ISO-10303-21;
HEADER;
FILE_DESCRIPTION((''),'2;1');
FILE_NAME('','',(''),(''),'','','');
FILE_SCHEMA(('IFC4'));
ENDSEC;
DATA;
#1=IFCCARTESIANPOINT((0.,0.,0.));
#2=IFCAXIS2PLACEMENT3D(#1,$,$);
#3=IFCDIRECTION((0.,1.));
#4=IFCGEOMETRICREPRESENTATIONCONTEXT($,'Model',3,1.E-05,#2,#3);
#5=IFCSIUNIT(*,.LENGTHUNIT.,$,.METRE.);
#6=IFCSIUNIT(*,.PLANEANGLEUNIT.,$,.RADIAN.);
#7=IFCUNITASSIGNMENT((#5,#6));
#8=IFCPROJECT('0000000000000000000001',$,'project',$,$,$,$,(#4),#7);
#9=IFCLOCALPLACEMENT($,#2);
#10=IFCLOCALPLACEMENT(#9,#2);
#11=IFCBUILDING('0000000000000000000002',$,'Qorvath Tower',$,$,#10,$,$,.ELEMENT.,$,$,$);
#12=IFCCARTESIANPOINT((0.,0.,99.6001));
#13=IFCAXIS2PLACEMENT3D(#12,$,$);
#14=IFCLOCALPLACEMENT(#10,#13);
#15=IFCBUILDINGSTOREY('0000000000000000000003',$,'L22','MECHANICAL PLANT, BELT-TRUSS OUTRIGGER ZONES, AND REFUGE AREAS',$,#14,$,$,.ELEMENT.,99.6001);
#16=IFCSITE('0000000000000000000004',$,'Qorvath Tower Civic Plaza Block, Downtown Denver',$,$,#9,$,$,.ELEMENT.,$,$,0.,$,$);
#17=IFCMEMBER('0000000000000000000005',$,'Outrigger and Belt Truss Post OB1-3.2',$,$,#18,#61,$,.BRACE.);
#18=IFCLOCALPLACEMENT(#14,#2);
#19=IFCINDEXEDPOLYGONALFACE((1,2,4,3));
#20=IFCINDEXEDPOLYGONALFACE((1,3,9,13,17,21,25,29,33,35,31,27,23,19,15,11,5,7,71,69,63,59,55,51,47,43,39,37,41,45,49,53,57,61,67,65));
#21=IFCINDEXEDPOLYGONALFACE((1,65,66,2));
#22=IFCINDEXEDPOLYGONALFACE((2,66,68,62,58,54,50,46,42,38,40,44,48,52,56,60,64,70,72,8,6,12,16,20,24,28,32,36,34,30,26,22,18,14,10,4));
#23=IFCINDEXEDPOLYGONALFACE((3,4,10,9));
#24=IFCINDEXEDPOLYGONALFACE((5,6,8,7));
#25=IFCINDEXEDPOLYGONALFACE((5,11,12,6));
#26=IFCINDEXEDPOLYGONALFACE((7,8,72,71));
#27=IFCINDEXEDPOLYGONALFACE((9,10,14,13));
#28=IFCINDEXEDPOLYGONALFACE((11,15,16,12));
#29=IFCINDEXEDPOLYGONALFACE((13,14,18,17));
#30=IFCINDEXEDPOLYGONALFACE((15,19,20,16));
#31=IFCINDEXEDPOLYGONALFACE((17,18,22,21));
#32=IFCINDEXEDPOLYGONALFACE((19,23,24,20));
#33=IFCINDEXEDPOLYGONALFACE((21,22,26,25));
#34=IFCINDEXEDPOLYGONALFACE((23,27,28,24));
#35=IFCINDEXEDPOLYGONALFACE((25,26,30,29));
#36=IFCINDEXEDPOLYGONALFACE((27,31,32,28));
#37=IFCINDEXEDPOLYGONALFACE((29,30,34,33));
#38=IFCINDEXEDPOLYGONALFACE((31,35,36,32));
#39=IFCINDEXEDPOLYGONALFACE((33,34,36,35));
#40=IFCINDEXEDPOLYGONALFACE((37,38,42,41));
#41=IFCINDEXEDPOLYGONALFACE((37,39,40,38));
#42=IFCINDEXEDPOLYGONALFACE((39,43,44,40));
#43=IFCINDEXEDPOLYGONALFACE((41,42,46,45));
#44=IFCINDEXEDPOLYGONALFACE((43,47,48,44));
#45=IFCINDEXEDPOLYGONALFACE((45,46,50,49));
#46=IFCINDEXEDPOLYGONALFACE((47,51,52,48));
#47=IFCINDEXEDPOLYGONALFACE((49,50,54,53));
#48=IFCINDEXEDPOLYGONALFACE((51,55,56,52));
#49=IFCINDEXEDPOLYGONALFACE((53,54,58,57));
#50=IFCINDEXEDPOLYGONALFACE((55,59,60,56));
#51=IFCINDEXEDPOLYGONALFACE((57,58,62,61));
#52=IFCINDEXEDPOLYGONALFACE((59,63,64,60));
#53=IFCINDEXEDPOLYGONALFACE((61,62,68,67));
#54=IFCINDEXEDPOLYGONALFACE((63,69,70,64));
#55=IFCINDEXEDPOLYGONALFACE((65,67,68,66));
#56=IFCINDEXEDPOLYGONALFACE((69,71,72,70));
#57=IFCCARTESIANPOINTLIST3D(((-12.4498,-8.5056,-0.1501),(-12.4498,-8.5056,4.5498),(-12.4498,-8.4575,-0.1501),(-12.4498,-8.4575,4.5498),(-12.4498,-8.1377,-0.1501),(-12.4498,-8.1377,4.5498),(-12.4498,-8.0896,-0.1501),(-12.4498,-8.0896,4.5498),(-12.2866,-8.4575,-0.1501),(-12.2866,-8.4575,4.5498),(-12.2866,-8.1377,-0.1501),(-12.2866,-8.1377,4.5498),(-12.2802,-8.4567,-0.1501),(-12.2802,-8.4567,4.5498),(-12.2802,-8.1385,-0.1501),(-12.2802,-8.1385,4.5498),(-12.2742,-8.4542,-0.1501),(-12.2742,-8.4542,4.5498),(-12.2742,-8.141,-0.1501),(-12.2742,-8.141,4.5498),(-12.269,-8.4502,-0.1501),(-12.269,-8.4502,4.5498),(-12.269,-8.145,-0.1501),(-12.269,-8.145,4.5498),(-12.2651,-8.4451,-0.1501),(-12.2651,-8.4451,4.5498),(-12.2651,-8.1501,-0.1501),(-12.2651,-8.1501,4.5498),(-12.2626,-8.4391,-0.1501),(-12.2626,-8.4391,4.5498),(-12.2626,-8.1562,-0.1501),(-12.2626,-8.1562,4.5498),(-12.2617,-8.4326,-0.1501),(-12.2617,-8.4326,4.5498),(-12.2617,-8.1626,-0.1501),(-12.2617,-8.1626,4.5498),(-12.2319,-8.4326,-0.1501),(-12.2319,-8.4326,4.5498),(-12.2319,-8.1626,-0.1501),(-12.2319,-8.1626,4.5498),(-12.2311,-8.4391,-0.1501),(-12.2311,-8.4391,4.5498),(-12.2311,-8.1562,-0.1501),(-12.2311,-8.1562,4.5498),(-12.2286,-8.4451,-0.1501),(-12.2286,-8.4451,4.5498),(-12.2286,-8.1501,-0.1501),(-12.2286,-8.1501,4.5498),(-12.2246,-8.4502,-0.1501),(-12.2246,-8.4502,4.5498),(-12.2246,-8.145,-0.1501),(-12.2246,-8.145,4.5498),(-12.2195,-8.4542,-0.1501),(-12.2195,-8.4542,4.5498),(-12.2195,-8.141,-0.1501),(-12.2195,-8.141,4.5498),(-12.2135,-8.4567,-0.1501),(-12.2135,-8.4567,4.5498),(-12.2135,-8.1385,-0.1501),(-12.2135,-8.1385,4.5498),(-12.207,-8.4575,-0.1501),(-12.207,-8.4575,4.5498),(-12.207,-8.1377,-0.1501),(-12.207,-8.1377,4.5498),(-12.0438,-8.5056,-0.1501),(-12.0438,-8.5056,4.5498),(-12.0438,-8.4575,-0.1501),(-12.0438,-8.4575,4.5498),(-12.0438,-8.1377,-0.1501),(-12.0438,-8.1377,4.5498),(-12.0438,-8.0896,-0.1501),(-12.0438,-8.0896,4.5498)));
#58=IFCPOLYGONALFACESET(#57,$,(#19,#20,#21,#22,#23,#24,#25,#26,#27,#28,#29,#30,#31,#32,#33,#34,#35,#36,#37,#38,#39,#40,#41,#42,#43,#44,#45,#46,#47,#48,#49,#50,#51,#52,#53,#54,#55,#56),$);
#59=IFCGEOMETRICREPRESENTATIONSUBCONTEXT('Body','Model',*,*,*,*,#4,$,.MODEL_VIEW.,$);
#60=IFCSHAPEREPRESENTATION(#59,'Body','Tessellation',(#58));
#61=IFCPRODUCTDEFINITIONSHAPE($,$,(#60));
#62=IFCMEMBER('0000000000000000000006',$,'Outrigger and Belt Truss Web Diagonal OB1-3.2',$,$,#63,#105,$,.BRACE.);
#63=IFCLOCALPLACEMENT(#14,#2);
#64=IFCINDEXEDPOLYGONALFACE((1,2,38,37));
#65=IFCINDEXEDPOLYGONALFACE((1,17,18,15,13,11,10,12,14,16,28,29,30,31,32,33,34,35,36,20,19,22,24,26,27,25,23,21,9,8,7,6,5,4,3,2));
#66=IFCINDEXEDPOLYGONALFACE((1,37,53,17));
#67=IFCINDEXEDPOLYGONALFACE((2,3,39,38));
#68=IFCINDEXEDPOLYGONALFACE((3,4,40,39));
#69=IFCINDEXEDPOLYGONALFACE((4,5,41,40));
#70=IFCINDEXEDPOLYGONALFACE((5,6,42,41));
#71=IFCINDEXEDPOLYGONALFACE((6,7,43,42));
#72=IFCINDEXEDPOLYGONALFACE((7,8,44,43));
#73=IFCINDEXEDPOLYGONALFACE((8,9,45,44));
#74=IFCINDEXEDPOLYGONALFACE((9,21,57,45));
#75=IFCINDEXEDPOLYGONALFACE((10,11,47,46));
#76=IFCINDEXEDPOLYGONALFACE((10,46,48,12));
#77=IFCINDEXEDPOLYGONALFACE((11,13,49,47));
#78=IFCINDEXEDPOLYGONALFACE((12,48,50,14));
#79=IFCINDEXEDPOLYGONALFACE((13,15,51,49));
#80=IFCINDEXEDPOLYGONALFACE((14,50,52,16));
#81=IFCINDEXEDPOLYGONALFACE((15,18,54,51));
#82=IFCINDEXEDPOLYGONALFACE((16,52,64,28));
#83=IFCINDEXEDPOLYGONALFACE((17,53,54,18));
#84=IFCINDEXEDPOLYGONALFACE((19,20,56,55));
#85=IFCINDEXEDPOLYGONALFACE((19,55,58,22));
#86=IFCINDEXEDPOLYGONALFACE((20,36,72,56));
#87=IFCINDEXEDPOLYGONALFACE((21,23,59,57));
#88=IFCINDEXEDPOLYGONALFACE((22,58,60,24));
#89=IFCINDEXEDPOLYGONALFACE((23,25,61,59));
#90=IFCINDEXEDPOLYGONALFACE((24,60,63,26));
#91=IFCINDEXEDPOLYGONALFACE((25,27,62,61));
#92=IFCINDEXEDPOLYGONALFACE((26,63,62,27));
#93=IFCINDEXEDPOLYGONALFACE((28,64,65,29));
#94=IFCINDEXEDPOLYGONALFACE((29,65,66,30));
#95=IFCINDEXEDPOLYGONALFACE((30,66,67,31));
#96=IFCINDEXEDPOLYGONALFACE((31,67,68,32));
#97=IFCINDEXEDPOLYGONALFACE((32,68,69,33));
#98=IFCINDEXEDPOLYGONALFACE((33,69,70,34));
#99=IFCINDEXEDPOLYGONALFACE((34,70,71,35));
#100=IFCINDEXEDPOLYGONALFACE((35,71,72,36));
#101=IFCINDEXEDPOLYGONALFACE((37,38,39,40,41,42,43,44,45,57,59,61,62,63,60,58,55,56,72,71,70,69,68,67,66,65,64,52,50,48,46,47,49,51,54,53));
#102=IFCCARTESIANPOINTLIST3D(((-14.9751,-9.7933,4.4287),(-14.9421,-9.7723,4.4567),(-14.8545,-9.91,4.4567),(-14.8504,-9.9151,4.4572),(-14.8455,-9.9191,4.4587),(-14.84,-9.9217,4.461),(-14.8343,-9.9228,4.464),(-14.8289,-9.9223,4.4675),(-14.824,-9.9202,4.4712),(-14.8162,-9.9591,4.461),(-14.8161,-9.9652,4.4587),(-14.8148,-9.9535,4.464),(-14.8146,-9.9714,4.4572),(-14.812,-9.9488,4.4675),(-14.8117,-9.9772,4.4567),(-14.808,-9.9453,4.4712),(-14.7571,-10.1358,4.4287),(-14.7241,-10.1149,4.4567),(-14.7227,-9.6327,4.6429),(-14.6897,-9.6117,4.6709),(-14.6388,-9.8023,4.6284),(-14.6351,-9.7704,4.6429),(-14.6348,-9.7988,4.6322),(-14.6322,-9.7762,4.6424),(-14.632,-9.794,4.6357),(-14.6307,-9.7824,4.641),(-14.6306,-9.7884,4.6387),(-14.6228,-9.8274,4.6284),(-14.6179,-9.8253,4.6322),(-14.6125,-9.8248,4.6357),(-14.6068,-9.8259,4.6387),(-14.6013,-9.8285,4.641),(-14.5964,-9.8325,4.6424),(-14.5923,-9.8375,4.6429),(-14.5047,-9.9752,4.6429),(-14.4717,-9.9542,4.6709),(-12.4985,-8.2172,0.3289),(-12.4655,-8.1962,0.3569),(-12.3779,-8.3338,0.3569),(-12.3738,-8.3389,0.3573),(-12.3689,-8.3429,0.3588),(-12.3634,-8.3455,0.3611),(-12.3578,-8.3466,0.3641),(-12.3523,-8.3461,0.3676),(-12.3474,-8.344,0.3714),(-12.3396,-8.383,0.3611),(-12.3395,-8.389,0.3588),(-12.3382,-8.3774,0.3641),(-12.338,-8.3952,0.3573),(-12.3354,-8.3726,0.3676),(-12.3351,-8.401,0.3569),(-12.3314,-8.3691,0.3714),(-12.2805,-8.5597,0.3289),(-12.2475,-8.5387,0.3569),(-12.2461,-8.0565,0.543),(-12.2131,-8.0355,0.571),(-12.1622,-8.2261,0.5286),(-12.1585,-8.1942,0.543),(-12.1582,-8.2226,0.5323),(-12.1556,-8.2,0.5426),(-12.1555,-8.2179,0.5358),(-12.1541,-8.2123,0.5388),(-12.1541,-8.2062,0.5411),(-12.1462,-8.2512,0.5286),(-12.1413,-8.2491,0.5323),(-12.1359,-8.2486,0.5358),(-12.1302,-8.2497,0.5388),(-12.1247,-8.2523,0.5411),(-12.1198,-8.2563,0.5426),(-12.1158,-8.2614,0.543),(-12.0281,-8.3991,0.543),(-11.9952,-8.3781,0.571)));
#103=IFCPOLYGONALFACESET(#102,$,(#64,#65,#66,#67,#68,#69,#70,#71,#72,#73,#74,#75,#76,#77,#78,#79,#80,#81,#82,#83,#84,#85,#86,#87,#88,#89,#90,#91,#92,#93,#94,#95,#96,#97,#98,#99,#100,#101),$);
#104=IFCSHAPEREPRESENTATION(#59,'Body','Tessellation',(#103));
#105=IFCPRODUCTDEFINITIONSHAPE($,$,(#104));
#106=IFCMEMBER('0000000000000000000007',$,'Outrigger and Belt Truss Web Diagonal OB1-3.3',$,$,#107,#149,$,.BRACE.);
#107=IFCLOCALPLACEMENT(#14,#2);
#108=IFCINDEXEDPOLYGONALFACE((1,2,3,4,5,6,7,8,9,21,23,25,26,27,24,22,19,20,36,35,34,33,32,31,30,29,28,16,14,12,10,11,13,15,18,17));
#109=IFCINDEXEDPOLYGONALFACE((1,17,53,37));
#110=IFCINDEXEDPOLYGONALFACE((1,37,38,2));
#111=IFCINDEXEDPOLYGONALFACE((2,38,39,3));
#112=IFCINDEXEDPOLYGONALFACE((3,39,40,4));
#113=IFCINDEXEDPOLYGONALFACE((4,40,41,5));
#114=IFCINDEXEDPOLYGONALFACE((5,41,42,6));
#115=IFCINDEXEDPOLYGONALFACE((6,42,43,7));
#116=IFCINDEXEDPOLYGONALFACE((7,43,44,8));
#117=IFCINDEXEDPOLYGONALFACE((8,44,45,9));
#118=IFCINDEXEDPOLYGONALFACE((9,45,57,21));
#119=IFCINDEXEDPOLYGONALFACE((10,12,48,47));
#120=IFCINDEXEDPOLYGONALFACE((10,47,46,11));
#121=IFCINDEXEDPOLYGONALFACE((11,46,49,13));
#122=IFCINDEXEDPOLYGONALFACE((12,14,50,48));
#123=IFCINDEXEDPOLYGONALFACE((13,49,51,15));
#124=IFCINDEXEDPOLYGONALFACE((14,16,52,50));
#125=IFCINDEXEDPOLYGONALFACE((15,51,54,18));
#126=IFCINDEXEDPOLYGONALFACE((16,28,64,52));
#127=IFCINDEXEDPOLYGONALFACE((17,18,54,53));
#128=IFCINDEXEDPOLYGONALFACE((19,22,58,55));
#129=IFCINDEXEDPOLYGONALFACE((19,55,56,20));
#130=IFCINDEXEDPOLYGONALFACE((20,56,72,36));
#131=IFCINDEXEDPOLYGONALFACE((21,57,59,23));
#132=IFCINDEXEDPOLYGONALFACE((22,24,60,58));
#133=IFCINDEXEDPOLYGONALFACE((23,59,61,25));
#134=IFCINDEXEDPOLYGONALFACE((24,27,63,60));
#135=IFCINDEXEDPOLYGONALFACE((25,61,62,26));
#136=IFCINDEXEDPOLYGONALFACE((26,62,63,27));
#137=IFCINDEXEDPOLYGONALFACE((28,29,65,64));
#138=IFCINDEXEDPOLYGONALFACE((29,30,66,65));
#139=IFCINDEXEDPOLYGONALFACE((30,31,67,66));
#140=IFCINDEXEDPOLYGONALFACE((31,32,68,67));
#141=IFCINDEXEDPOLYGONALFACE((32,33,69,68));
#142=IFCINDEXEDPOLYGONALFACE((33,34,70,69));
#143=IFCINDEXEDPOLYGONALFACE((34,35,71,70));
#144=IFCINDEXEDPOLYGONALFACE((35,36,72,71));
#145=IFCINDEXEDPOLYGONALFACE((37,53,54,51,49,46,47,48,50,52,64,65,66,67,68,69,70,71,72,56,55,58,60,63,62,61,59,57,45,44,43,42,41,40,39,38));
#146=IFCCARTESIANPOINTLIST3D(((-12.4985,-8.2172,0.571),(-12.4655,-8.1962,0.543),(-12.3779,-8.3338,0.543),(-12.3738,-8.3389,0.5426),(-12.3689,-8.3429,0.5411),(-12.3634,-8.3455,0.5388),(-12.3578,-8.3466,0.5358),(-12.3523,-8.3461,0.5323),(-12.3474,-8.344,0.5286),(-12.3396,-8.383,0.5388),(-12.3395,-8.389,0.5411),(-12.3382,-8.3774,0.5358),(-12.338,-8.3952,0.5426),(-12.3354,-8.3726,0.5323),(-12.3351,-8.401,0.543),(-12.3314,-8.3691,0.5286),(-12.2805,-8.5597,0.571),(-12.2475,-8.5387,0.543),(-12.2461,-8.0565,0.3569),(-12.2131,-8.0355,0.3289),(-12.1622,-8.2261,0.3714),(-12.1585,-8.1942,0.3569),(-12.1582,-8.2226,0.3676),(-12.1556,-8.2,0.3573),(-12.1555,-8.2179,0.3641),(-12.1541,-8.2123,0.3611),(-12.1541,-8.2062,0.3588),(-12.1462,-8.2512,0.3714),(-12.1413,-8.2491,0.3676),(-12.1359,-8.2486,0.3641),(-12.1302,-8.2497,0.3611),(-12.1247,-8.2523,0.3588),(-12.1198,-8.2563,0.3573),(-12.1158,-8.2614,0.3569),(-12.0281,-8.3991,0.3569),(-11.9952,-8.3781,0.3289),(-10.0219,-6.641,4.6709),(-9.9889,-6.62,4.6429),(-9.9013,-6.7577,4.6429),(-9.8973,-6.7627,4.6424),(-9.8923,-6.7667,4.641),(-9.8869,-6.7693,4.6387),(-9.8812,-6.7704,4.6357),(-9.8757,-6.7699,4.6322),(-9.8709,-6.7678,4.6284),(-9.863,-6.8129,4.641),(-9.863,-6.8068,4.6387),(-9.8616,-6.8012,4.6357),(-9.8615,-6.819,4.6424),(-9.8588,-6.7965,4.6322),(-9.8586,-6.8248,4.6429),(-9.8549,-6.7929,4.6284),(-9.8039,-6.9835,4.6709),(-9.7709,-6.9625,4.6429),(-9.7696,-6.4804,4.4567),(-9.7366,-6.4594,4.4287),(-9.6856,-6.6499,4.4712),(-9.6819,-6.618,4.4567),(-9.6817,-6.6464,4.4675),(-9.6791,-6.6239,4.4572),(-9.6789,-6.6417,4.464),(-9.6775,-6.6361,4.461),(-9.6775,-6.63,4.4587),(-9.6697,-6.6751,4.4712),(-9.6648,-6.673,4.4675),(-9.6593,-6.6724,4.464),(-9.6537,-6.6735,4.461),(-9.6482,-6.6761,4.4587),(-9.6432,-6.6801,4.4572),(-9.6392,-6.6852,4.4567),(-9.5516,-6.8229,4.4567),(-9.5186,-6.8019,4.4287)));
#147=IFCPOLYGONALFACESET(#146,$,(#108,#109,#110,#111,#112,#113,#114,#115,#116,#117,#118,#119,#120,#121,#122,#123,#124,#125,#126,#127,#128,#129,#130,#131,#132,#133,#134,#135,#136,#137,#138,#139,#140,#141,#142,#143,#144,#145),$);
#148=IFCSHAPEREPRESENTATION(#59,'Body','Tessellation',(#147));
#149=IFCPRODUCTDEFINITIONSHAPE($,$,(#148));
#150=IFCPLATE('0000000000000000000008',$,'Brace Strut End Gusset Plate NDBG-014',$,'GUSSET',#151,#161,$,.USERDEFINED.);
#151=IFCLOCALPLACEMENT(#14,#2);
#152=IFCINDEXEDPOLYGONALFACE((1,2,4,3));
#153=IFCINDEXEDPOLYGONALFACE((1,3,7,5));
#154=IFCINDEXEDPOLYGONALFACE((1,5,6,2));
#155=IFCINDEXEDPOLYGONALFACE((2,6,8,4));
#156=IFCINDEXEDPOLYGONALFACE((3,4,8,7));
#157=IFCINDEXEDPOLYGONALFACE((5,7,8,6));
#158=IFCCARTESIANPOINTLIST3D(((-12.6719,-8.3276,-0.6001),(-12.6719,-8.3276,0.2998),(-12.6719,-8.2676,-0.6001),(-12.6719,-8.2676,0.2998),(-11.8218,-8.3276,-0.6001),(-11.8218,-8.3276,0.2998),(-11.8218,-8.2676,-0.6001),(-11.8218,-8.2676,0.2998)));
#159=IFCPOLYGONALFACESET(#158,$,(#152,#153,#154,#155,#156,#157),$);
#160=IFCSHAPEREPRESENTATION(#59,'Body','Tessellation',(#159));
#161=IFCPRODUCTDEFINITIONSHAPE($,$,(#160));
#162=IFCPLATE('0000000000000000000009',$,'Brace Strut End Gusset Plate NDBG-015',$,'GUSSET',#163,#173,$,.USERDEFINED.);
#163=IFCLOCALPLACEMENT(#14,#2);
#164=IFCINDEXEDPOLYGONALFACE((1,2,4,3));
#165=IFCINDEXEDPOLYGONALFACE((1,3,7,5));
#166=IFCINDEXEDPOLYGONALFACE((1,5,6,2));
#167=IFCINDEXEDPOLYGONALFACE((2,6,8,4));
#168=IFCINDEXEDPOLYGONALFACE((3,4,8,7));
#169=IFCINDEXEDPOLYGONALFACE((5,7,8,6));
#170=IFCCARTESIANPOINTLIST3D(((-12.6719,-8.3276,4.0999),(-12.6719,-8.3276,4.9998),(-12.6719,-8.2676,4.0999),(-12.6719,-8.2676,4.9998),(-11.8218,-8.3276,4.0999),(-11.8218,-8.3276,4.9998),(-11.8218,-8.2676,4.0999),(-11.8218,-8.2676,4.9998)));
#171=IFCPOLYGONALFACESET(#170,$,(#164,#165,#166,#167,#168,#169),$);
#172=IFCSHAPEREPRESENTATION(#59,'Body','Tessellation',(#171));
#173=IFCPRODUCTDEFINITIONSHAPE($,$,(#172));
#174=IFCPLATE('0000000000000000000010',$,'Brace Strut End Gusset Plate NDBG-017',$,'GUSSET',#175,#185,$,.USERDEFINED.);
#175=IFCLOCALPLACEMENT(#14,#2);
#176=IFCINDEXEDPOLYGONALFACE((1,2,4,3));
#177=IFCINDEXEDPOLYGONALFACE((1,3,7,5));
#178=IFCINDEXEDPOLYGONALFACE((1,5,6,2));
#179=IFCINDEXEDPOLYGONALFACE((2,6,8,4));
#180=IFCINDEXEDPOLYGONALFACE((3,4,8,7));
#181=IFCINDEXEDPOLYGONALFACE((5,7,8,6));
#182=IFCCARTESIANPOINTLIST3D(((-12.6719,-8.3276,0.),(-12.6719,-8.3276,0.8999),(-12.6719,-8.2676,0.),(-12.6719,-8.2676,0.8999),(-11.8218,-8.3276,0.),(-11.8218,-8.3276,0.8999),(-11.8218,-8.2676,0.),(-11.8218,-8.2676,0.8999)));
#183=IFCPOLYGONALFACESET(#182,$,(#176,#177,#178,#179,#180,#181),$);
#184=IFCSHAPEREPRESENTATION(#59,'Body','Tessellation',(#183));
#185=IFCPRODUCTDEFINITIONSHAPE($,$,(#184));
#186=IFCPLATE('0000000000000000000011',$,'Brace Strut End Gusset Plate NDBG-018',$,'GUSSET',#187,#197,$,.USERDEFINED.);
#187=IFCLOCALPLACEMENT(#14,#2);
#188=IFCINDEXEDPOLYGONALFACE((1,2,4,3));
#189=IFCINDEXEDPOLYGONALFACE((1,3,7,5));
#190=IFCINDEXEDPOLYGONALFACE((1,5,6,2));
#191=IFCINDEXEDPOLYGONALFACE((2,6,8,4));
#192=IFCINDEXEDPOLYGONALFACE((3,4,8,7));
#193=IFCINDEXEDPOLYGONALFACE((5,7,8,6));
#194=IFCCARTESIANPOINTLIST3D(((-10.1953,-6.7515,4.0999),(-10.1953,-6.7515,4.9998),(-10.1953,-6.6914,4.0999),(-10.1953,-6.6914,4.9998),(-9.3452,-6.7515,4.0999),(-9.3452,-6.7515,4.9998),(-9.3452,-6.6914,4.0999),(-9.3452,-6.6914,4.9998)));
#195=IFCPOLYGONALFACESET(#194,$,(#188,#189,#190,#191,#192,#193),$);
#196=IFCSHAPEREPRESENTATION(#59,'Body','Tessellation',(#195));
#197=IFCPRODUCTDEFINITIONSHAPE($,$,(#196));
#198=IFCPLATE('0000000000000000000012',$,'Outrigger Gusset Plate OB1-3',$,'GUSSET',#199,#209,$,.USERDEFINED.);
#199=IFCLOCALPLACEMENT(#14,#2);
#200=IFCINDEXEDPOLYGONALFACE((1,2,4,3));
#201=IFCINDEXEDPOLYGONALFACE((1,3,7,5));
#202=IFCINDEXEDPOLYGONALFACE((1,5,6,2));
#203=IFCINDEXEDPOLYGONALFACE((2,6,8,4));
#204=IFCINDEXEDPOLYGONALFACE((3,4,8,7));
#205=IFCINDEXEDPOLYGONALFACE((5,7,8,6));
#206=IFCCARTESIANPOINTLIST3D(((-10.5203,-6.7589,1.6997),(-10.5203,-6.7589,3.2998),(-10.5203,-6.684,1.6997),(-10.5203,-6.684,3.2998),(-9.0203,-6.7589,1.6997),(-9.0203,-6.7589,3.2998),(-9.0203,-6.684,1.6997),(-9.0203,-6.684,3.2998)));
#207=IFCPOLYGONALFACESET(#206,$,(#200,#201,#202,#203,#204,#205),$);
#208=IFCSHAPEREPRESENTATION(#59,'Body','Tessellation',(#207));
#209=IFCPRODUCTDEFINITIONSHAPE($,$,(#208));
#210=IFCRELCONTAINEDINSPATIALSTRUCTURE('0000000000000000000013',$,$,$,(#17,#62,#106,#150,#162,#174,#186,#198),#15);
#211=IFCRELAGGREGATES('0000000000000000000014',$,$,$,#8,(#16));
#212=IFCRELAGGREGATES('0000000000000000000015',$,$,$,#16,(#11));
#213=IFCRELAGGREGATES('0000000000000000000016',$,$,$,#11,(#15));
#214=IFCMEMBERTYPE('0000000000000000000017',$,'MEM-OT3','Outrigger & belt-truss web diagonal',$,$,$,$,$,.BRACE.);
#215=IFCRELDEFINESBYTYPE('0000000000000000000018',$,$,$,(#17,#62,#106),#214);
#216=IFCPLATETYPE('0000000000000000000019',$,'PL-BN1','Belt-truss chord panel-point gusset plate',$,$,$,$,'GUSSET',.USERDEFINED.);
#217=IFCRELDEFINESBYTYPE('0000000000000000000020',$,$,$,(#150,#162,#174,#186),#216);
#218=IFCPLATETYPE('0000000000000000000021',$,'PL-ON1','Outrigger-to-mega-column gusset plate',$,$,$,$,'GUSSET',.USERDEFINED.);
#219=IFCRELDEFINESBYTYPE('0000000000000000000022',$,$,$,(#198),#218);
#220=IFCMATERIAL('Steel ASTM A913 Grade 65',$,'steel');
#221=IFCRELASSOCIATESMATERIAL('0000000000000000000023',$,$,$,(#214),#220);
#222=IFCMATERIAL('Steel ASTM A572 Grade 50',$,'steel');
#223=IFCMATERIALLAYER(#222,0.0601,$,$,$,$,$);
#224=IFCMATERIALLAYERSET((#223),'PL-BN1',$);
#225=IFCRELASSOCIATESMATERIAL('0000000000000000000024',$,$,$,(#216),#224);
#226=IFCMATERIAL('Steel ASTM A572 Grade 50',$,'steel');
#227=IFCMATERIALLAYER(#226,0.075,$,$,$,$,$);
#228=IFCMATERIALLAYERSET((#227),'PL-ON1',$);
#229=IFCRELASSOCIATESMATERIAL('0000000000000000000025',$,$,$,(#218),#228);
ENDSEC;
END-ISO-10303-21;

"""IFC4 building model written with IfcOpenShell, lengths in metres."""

from ifc_helpers import new_model, si_unit, direction, frame, origin, origin_2d, place, context, subcontext, project, spatial, rectangle, i_section, extrude, material, layer, layer_set, material_profile, profile_set, type_object, element, save


model = new_model("IFC4")

# Units and contexts
model_context = context("Model", 3, precision=1e-05, world=origin(), true_north=direction((0.0, 1.0)))
body_context = subcontext(model_context, "Body", "Model", "MODEL_VIEW")
ifc_project = project(units=[si_unit("LENGTHUNIT", "METRE"), si_unit("PLANEANGLEUNIT", "RADIAN")], contexts=[model_context])

# Site, building, storey
site_placement = place(None, origin())
site = spatial("IfcSite", under=ifc_project, at=site_placement, Name="Qorvath Tower Civic Plaza Block, Downtown Denver", CompositionType="ELEMENT", RefElevation=0.0)
building_placement = place(site_placement, origin())
building = spatial("IfcBuilding", under=site, at=building_placement, Name="Qorvath Tower", CompositionType="ELEMENT")
storey_placement = place(building_placement, frame((0.0, 0.0, 99.6001)))
storey = spatial("IfcBuildingStorey", under=building, at=storey_placement, Name="L22", Description="MECHANICAL PLANT, BELT-TRUSS OUTRIGGER ZONES, AND REFUGE AREAS", CompositionType="ELEMENT", Elevation=99.6001)

# Members
ifc_material_1 = material(Name="Steel ASTM A913 Grade 65", Category="steel")
ifc_material_profile_1 = material_profile(ifc_material_1, i_section(OverallWidth=0.406, OverallDepth=0.416, WebThickness=0.0298, FlangeThickness=0.0481, FilletRadius=0.0249, at=origin_2d()), Name="W14x257")
ifc_profile_set_1 = profile_set([ifc_material_profile_1], Name="Steel ASTM A913 Grade 65")
member_type_1 = type_object("IfcMemberType", Name="MEM-OT3", Description="Outrigger & belt-truss web diagonal", PredefinedType="BRACE", material=ifc_profile_set_1)
member_1_placement = place(storey_placement, frame((-12.2468, -8.2976, -0.1501), z_axis=(0.0, 0.0, 1.0), x_axis=(1.0, 0.0, 0.0)))
element("IfcMember", 1, at=member_1_placement, inside=storey, type_object=member_type_1, Name="Outrigger and Belt Truss Post OB1-3.2", PredefinedType="BRACE", context=body_context, shape_type="SweptSolid", body=[
    extrude(i_section(OverallWidth=0.406, OverallDepth=0.416, WebThickness=0.0298, FlangeThickness=0.0481, FilletRadius=0.0249, at=origin_2d()), origin(), (0.0, 0.0, 1.0), 4.7),
])
for number, where, z_axis, x_axis, name in (
    (2, (-12.2468, -8.2976, 0.45), (-0.491141, -0.312579, 0.813065), (0.536919, -0.843634, 0.0), "Outrigger and Belt Truss Web Diagonal OB1-3.2"),
    (3, (-12.2468, -8.2976, 0.45), (0.491141, 0.312579, 0.813065), (-0.536919, 0.843634, 0.0), "Outrigger and Belt Truss Web Diagonal OB1-3.3"),
):
    element("IfcMember", number, at=place(storey_placement, frame(where, z_axis=z_axis, x_axis=x_axis)), inside=storey, type_object=member_type_1, Name=name, PredefinedType="BRACE", context=body_context, shape_type="SweptSolid", body=[
        extrude(i_section(OverallWidth=0.406, OverallDepth=0.416, WebThickness=0.0298, FlangeThickness=0.0481, FilletRadius=0.0249, at=origin_2d()), origin(), (0.0, 0.0, 1.0), 5.0425),
    ])

# Plates
ifc_material_2 = material(Name="Steel ASTM A572 Grade 50", Category="steel")
ifc_layer_1 = layer(ifc_material_2, 0.0601)
ifc_layer_set_1 = layer_set([ifc_layer_1], Name="PL-BN1")
plate_type_1 = type_object("IfcPlateType", Name="PL-BN1", Description="Belt-truss chord panel-point gusset plate", ElementType="GUSSET", PredefinedType="USERDEFINED", material=ifc_layer_set_1)
for number, where, z_axis, x_axis, name in (
    (4, (-12.2468, -8.2976, -0.6001), (0.0, 0.0, 1.0), (1.0, 0.0, 0.0), "Brace Strut End Gusset Plate NDBG-014"),
    (5, (-12.2468, -8.2976, 4.0999), (0.0, 0.0, 1.0), (1.0, 0.0, 0.0), "Brace Strut End Gusset Plate NDBG-015"),
    (6, (-12.2468, -8.2976, 0.0), (0.0, 0.0, 1.0), (1.0, 0.0, 0.0), "Brace Strut End Gusset Plate NDBG-017"),
    (7, (-9.7703, -6.7214, 4.0999), (0.0, 0.0, 1.0), (1.0, 0.0, 0.0), "Brace Strut End Gusset Plate NDBG-018"),
):
    element("IfcPlate", number, at=place(storey_placement, frame(where, z_axis=z_axis, x_axis=x_axis)), inside=storey, type_object=plate_type_1, Name=name, ObjectType="GUSSET", PredefinedType="USERDEFINED", context=body_context, shape_type="SweptSolid", body=[
        extrude(rectangle(XDim=0.8501, YDim=0.0601, at=origin_2d()), origin(), (0.0, 0.0, 1.0), 0.8999),
    ])
ifc_material_3 = material(Name="Steel ASTM A572 Grade 50", Category="steel")
ifc_layer_2 = layer(ifc_material_3, 0.075)
ifc_layer_set_2 = layer_set([ifc_layer_2], Name="PL-ON1")
plate_type_2 = type_object("IfcPlateType", Name="PL-ON1", Description="Outrigger-to-mega-column gusset plate", ElementType="GUSSET", PredefinedType="USERDEFINED", material=ifc_layer_set_2)
plate_placement = place(storey_placement, frame((-9.7703, -6.7214, 1.6997), z_axis=(0.0, 0.0, 1.0), x_axis=(1.0, 0.0, 0.0)))
element("IfcPlate", 8, at=plate_placement, inside=storey, type_object=plate_type_2, Name="Outrigger Gusset Plate OB1-3", ObjectType="GUSSET", PredefinedType="USERDEFINED", context=body_context, shape_type="SweptSolid", body=[
    extrude(rectangle(XDim=1.5, YDim=0.075, at=origin_2d()), origin(), (0.0, 0.0, 1.0), 1.6001),
])

save(model, "model.ifc")
